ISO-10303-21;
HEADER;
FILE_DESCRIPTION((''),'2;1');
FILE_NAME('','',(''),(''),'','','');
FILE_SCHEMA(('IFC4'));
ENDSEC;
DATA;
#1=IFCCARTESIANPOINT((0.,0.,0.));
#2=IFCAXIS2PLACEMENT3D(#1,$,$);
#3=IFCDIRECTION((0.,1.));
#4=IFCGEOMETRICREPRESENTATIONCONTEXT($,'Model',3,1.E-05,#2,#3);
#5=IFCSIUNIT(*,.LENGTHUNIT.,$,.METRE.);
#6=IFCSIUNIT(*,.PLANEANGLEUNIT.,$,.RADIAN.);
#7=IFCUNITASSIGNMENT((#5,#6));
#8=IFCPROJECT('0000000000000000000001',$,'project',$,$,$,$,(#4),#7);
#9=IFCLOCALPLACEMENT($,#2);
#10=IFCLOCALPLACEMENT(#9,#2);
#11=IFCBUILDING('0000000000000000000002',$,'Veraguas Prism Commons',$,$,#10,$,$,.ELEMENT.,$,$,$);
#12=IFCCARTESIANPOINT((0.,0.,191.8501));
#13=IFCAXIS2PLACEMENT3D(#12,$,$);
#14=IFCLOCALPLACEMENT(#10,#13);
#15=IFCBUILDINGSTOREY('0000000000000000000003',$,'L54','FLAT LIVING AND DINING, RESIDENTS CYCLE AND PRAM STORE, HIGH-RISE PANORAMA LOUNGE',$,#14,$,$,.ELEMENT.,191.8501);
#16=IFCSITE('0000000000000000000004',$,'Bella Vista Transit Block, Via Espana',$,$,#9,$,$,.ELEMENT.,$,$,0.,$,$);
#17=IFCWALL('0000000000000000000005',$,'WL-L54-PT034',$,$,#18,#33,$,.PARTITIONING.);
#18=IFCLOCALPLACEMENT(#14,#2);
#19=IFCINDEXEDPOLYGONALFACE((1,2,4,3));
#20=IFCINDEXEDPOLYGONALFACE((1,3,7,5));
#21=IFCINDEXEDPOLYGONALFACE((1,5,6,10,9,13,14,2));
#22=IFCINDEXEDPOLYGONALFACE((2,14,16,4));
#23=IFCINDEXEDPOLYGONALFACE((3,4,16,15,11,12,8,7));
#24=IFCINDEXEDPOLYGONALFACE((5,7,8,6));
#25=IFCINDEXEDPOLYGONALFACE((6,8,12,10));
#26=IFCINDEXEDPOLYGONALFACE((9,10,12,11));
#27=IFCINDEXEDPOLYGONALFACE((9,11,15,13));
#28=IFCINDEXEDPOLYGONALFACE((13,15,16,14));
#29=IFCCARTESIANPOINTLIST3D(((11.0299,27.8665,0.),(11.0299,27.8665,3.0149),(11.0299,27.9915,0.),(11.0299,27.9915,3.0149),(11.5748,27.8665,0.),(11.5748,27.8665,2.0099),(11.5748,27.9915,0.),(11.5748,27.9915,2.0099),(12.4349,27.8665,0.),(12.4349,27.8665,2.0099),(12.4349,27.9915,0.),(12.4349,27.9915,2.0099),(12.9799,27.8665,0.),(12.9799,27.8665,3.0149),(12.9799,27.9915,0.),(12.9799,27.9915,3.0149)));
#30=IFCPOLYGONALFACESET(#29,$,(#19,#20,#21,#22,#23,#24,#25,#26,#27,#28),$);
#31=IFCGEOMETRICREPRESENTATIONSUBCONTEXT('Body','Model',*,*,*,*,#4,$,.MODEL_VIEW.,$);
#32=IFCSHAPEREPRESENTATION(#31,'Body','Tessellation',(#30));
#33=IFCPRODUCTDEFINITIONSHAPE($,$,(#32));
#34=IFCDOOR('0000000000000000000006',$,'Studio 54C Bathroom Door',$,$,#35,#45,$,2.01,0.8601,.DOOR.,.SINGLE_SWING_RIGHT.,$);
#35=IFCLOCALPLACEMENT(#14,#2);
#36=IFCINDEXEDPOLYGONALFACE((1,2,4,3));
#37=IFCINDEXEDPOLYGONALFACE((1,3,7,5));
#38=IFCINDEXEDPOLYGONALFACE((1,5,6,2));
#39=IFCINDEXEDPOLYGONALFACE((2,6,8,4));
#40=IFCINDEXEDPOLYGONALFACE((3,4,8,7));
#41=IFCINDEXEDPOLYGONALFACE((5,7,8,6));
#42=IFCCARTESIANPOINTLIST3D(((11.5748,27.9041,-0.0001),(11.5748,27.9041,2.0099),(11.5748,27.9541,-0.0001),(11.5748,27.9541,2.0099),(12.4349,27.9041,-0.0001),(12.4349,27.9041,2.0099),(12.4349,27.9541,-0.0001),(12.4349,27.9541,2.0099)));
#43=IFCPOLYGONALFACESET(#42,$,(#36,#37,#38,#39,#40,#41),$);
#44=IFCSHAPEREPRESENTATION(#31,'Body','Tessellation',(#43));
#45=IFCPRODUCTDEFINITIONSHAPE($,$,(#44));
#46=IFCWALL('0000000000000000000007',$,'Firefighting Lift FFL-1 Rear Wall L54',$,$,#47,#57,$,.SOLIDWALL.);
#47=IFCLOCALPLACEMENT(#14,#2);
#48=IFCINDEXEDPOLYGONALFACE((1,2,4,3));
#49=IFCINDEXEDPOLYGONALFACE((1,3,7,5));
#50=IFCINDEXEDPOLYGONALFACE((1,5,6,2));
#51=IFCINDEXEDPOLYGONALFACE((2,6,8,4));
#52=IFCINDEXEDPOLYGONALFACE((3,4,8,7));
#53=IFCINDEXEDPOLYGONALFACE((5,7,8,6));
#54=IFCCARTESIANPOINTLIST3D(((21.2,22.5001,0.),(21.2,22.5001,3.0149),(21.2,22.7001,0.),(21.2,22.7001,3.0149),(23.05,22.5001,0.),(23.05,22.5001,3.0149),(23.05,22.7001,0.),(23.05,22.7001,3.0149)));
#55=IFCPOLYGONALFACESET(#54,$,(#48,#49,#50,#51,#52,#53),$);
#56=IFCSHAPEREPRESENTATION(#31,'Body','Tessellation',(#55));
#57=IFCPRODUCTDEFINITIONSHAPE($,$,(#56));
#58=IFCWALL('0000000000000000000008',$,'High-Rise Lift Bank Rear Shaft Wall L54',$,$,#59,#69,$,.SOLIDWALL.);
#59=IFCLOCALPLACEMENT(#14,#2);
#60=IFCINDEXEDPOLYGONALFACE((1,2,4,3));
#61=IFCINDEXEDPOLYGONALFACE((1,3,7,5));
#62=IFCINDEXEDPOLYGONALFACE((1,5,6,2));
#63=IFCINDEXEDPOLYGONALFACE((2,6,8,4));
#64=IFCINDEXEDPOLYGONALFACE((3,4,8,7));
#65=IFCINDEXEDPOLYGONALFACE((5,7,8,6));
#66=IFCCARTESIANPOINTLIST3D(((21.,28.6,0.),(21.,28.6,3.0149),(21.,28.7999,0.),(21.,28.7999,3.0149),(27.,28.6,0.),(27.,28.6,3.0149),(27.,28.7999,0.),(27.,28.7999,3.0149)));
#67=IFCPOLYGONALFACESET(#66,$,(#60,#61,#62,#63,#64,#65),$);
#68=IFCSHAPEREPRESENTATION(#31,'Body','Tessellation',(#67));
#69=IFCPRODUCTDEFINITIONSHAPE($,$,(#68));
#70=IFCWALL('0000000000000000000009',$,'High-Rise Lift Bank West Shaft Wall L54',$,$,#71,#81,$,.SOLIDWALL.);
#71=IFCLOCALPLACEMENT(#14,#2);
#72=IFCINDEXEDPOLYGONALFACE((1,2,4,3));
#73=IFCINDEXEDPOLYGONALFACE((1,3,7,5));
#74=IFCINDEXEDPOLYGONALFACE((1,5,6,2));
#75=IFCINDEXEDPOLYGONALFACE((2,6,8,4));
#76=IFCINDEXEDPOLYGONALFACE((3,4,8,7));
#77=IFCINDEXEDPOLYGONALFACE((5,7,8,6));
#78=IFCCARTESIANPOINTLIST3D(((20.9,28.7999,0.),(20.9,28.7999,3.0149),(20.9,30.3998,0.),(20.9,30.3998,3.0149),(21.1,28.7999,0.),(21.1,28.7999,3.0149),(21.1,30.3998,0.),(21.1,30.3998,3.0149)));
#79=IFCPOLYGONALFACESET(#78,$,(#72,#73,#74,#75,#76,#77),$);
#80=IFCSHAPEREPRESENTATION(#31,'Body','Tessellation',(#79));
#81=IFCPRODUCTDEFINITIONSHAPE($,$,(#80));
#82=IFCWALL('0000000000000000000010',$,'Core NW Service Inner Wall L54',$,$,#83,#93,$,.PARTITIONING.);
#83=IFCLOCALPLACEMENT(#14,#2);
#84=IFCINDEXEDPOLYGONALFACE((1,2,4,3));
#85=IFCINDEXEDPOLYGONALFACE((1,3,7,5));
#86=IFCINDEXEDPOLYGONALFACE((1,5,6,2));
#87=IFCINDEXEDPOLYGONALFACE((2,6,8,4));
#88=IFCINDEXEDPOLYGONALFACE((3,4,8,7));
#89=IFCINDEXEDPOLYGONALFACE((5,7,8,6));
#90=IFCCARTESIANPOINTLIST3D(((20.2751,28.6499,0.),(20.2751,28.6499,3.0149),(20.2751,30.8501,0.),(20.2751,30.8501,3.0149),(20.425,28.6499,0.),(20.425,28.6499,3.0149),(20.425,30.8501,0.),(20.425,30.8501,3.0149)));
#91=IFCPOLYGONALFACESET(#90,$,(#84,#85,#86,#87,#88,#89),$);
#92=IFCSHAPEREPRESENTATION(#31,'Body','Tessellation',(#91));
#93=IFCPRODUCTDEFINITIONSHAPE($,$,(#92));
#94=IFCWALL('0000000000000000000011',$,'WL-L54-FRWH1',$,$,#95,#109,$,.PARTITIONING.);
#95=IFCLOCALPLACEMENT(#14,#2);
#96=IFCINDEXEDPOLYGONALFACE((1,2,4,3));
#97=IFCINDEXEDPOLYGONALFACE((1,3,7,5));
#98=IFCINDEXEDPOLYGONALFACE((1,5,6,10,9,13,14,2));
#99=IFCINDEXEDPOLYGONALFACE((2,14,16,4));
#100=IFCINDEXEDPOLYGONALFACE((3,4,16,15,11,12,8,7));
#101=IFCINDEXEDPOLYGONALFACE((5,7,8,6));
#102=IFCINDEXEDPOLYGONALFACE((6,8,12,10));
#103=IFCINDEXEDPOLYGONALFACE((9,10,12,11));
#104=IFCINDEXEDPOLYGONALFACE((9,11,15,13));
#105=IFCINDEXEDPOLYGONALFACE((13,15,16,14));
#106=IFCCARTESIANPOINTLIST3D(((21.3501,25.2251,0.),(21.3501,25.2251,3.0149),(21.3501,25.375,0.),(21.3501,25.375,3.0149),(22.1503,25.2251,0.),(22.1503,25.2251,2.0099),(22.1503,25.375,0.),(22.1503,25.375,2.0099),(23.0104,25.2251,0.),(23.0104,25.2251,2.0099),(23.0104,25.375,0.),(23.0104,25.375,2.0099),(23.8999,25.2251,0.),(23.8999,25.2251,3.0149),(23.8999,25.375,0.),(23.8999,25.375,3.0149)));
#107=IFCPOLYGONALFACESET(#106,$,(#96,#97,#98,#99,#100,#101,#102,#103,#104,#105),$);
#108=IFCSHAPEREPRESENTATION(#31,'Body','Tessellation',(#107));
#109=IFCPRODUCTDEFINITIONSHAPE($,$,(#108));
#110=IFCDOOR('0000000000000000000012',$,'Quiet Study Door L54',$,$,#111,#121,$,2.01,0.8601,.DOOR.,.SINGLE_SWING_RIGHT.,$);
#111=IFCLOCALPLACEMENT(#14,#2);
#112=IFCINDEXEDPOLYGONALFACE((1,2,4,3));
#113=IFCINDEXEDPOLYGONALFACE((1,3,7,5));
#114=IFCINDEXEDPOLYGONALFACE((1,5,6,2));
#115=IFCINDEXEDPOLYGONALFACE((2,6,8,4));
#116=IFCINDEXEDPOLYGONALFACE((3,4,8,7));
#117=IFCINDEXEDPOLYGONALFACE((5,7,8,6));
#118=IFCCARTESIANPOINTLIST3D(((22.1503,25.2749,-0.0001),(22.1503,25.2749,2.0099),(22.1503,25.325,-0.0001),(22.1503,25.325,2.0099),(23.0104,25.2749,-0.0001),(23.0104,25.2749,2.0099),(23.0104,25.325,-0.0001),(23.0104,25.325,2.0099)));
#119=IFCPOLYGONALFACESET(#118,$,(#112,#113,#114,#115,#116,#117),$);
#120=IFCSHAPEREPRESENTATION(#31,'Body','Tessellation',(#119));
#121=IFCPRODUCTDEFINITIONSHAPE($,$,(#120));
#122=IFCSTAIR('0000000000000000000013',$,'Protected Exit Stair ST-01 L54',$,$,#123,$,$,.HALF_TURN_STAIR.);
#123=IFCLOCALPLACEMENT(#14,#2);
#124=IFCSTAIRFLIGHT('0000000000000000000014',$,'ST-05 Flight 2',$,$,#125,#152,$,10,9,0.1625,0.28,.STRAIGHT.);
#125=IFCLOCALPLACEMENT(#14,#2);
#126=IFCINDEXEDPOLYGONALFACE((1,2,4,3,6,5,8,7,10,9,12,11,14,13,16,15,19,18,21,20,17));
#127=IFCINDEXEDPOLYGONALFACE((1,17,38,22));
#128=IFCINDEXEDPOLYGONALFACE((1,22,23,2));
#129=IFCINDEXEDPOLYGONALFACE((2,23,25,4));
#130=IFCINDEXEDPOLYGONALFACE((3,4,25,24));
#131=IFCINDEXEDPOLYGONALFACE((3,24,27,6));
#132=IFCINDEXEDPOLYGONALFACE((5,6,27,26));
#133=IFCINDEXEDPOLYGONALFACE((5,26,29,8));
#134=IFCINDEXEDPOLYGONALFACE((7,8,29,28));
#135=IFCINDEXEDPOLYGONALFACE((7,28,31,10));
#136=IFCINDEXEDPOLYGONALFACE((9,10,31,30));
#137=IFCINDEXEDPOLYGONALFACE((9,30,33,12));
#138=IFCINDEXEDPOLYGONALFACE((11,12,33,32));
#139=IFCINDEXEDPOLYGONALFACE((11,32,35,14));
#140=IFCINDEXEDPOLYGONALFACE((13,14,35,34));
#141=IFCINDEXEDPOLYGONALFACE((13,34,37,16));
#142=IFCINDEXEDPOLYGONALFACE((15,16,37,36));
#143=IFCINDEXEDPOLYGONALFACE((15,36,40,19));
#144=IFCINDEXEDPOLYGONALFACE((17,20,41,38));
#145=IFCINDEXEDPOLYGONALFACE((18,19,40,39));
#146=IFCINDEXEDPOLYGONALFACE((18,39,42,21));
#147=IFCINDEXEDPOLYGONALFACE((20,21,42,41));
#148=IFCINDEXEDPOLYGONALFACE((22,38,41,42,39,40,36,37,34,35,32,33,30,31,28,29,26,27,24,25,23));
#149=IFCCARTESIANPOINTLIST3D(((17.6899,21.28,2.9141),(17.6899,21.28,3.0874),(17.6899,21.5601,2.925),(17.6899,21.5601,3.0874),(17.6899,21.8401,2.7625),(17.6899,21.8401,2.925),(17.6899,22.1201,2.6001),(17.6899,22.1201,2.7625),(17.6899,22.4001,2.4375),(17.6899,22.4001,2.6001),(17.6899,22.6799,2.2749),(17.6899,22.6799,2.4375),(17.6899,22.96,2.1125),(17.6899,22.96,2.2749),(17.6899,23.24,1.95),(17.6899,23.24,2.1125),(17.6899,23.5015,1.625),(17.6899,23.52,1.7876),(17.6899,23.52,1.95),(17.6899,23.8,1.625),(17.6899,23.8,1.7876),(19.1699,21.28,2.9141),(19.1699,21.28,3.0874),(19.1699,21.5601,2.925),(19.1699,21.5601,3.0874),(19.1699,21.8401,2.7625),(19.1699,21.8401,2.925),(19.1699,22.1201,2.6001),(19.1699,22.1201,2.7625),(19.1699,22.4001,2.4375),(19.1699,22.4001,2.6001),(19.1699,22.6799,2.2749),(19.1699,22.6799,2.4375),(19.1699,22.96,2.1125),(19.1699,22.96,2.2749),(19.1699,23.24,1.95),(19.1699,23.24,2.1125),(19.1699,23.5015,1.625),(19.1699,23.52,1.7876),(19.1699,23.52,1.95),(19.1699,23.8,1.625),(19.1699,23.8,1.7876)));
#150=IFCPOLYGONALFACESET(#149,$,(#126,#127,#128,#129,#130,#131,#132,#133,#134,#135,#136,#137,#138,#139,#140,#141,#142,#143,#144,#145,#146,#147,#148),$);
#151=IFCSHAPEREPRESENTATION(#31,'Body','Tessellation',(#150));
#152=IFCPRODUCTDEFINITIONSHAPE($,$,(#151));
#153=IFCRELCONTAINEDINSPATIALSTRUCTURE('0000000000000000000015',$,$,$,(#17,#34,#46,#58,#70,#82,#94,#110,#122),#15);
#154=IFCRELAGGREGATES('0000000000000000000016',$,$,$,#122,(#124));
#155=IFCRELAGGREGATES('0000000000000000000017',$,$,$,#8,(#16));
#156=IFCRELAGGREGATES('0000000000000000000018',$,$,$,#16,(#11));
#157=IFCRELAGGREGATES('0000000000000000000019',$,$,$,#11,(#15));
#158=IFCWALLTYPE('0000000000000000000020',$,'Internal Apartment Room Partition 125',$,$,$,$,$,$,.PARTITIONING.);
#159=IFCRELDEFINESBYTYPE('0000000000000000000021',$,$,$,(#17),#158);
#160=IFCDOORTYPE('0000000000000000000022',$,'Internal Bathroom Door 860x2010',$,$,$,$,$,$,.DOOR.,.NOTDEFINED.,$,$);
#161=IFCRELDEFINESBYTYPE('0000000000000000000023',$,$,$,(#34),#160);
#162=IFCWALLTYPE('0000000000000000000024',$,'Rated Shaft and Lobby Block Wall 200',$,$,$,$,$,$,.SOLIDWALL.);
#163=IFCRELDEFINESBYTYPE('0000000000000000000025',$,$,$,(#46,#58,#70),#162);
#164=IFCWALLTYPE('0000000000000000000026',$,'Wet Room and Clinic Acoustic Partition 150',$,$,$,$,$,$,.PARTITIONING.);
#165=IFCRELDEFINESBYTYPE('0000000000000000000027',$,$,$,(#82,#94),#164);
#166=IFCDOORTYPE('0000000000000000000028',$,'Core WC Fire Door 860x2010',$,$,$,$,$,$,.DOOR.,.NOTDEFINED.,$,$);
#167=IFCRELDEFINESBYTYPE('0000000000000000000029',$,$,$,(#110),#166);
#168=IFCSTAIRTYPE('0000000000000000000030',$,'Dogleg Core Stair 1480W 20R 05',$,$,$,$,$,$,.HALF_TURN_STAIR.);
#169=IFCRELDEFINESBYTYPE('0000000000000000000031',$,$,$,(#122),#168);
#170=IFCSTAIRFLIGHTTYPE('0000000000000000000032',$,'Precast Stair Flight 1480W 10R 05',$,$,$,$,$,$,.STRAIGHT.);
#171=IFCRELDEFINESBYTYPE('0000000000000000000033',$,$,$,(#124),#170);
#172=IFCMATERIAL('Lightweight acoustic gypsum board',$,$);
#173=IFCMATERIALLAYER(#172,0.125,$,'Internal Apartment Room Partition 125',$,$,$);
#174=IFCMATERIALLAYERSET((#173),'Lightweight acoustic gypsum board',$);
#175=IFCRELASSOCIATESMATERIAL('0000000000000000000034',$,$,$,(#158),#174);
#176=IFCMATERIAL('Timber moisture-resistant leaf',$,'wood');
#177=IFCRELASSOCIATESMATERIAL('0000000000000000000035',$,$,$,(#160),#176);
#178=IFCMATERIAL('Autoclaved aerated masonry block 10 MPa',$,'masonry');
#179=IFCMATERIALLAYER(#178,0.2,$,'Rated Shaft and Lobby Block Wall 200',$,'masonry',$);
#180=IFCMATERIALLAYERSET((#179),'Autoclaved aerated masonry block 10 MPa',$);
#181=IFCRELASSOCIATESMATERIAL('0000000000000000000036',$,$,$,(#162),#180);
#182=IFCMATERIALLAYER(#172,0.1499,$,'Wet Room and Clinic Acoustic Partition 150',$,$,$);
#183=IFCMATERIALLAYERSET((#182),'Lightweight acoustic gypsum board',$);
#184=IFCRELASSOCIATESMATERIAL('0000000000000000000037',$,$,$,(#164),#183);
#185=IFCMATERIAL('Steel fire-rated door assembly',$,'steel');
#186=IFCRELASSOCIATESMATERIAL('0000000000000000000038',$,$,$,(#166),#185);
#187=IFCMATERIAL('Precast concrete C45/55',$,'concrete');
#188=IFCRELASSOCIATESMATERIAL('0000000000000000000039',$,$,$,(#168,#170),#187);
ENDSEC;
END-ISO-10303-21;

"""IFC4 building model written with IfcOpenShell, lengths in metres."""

from ifc_helpers import new_model, si_unit, direction, frame, frame_2d, origin, place, context, subcontext, project, spatial, polyline, rectangle, outline, extrude, source, transform, mapped, material, layer, layer_set, type_object, element, fill, aggregate, save


model = new_model("IFC4")

# Units and contexts
model_context = context("Model", 3, precision=1e-05, world=origin(), true_north=direction((0.0, 1.0)))
body_context = subcontext(model_context, "Body", "Model", "MODEL_VIEW")
ifc_project = project(units=[si_unit("LENGTHUNIT", "METRE"), si_unit("PLANEANGLEUNIT", "RADIAN")], contexts=[model_context])

# Site, building, storey
site_placement = place(None, origin())
site = spatial("IfcSite", under=ifc_project, at=site_placement, Name="Bella Vista Transit Block, Via Espana", CompositionType="ELEMENT", RefElevation=0.0)
building_placement = place(site_placement, origin())
building = spatial("IfcBuilding", under=site, at=building_placement, Name="Veraguas Prism Commons", CompositionType="ELEMENT")
storey_placement = place(building_placement, frame((0.0, 0.0, 191.8501)))
storey = spatial("IfcBuildingStorey", under=building, at=storey_placement, Name="L54", Description="FLAT LIVING AND DINING, RESIDENTS CYCLE AND PRAM STORE, HIGH-RISE PANORAMA LOUNGE", CompositionType="ELEMENT", Elevation=191.8501)

# Shared definitions
ifc_material_1 = material(Name="Autoclaved aerated masonry block 10 MPa", Category="masonry")
ifc_material_2 = material(Name="Steel fire-rated door assembly", Category="steel")

# Wall, opening, door
ifc_material_3 = material(Name="Lightweight acoustic gypsum board")
ifc_layer_1 = layer(ifc_material_3, 0.125, Name="Internal Apartment Room Partition 125")
ifc_layer_set_1 = layer_set([ifc_layer_1], Name="Lightweight acoustic gypsum board")
wall_type_1 = type_object("IfcWallType", Name="Internal Apartment Room Partition 125", PredefinedType="PARTITIONING", material=ifc_layer_set_1)
wall_1_placement = place(storey_placement, frame((12.98, 27.929, 0.0), z_axis=(0.0, 0.0, 1.0), x_axis=(-1.0, 0.0, 0.0)))
wall_1 = element("IfcWall", 1, at=wall_1_placement, inside=storey, type_object=wall_type_1, Name="WL-L54-PT034", PredefinedType="PARTITIONING", context=body_context, shape_type="SweptSolid", body=[
    extrude(rectangle(XDim=1.95, YDim=0.125, at=frame_2d((0.9751, 0.0))), origin(), (0.0, 0.0, 1.0), 3.0149),
])
opening_1_placement = place(wall_1_placement, frame((0.5449, 0.0, 0.0)))
opening_1 = element("IfcOpeningElement", 2, at=opening_1_placement, cuts=wall_1, PredefinedType="OPENING", context=body_context, shape_type="SweptSolid", body=[
    extrude(rectangle(XDim=0.8601, YDim=2.01, at=frame_2d((0.4302, 1.0049))), frame((0.0, 0.0725, 0.0), z_axis=(0.0, -1.0, 0.0), x_axis=(1.0, 0.0, 0.0)), (0.0, 0.0, 1.0), 0.145),
])
ifc_material_4 = material(Name="Timber moisture-resistant leaf", Category="wood")
door_type_1 = type_object("IfcDoorType", Name="Internal Bathroom Door 860x2010", OperationType="NOTDEFINED", PredefinedType="DOOR", material=ifc_material_4)
shared_shape_1 = source(origin(), body_context, "Body", "SweptSolid", [
    extrude(rectangle(XDim=0.8601, YDim=2.01, at=frame_2d((0.4302, 1.0049))), frame((0.0, 0.0249, 0.0), z_axis=(0.0, -1.0, 0.0), x_axis=(1.0, 0.0, 0.0)), (0.0, 0.0, 1.0), 0.05),
])
door_1_placement = place(opening_1_placement, origin())
door_1 = element("IfcDoor", 3, at=door_1_placement, inside=storey, type_object=door_type_1, Name="Studio 54C Bathroom Door", OperationType="SINGLE_SWING_RIGHT", OverallHeight=2.01, OverallWidth=0.8601, PredefinedType="DOOR", context=body_context, shape_type="MappedRepresentation", body=[
    mapped(shared_shape_1, transform((0.0, 0.0, 0.0), scale=1.0)),
])
fill(opening_1, door_1)

# Walls
ifc_layer_2 = layer(ifc_material_1, 0.2, Name="Rated Shaft and Lobby Block Wall 200", Category="masonry")
ifc_layer_set_2 = layer_set([ifc_layer_2], Name="Autoclaved aerated masonry block 10 MPa")
wall_type_2 = type_object("IfcWallType", Name="Rated Shaft and Lobby Block Wall 200", PredefinedType="SOLIDWALL", material=ifc_layer_set_2)
wall_2_placement = place(storey_placement, frame((21.2, 22.6001, 0.0), z_axis=(0.0, 0.0, 1.0), x_axis=(1.0, 0.0, 0.0)))
element("IfcWall", 4, at=wall_2_placement, inside=storey, type_object=wall_type_2, Name="Firefighting Lift FFL-1 Rear Wall L54", PredefinedType="SOLIDWALL", context=body_context, shape_type="SweptSolid", body=[
    extrude(rectangle(XDim=1.8501, YDim=0.2, at=frame_2d((0.925, 0.0))), origin(), (0.0, 0.0, 1.0), 3.0149),
])
wall_3_placement = place(storey_placement, frame((21.0, 28.7, 0.0), z_axis=(0.0, 0.0, 1.0), x_axis=(1.0, 0.0, 0.0)))
element("IfcWall", 5, at=wall_3_placement, inside=storey, type_object=wall_type_2, Name="High-Rise Lift Bank Rear Shaft Wall L54", PredefinedType="SOLIDWALL", context=body_context, shape_type="SweptSolid", body=[
    extrude(rectangle(XDim=6.0, YDim=0.2, at=frame_2d((3.0, 0.0))), origin(), (0.0, 0.0, 1.0), 3.0149),
])
wall_4_placement = place(storey_placement, frame((21.0, 28.8, 0.0), z_axis=(0.0, 0.0, 1.0), x_axis=(0.0, 1.0, 0.0)))
element("IfcWall", 6, at=wall_4_placement, inside=storey, type_object=wall_type_2, Name="High-Rise Lift Bank West Shaft Wall L54", PredefinedType="SOLIDWALL", context=body_context, shape_type="SweptSolid", body=[
    extrude(rectangle(XDim=1.5999, YDim=0.2, at=frame_2d((0.7998, 0.0))), origin(), (0.0, 0.0, 1.0), 3.0149),
])
ifc_layer_3 = layer(ifc_material_3, 0.1499, Name="Wet Room and Clinic Acoustic Partition 150")
ifc_layer_set_3 = layer_set([ifc_layer_3], Name="Lightweight acoustic gypsum board")
wall_type_3 = type_object("IfcWallType", Name="Wet Room and Clinic Acoustic Partition 150", PredefinedType="PARTITIONING", material=ifc_layer_set_3)
wall_5_placement = place(storey_placement, frame((20.3501, 28.6499, 0.0), z_axis=(0.0, 0.0, 1.0), x_axis=(0.0, 1.0, 0.0)))
element("IfcWall", 7, at=wall_5_placement, inside=storey, type_object=wall_type_3, Name="Core NW Service Inner Wall L54", PredefinedType="PARTITIONING", context=body_context, shape_type="SweptSolid", body=[
    extrude(rectangle(XDim=2.2002, YDim=0.1499, at=frame_2d((1.1001, 0.0))), origin(), (0.0, 0.0, 1.0), 3.0149),
])

# Wall, opening, door
wall_6_placement = place(storey_placement, frame((21.3501, 25.3, 0.0), z_axis=(0.0, 0.0, 1.0), x_axis=(1.0, 0.0, 0.0)))
wall_6 = element("IfcWall", 8, at=wall_6_placement, inside=storey, type_object=wall_type_3, Name="WL-L54-FRWH1", PredefinedType="PARTITIONING", context=body_context, shape_type="SweptSolid", body=[
    extrude(rectangle(XDim=2.5498, YDim=0.1499, at=frame_2d((1.2749, 0.0))), origin(), (0.0, 0.0, 1.0), 3.0149),
])
opening_2_placement = place(wall_6_placement, frame((0.8, 0.0, 0.0)))
opening_2 = element("IfcOpeningElement", 9, at=opening_2_placement, cuts=wall_6, PredefinedType="OPENING", context=body_context, shape_type="SweptSolid", body=[
    extrude(rectangle(XDim=0.8601, YDim=2.01, at=frame_2d((0.4302, 1.0049))), frame((0.0, 0.085, 0.0), z_axis=(0.0, -1.0, 0.0), x_axis=(1.0, 0.0, 0.0)), (0.0, 0.0, 1.0), 0.1699),
])
door_type_2 = type_object("IfcDoorType", Name="Core WC Fire Door 860x2010", OperationType="NOTDEFINED", PredefinedType="DOOR", material=ifc_material_2)
door_2_placement = place(opening_2_placement, origin())
door_2 = element("IfcDoor", 10, at=door_2_placement, inside=storey, type_object=door_type_2, Name="Quiet Study Door L54", OperationType="SINGLE_SWING_RIGHT", OverallHeight=2.01, OverallWidth=0.8601, PredefinedType="DOOR", context=body_context, shape_type="MappedRepresentation", body=[
    mapped(shared_shape_1, transform((0.0, 0.0, 0.0), scale=1.0)),
])
fill(opening_2, door_2)

# Stair, stair flight
ifc_material_5 = material(Name="Precast concrete C45/55", Category="concrete")
stair_type = type_object("IfcStairType", Name="Dogleg Core Stair 1480W 20R 05", PredefinedType="HALF_TURN_STAIR", material=ifc_material_5)
stair_placement = place(storey_placement, origin())
stair = element("IfcStair", 11, at=stair_placement, inside=storey, type_object=stair_type, Name="Protected Exit Stair ST-01 L54", PredefinedType="HALF_TURN_STAIR")
stair_flight_type = type_object("IfcStairFlightType", Name="Precast Stair Flight 1480W 10R 05", PredefinedType="STRAIGHT", material=ifc_material_5)
stair_flight_placement = place(storey_placement, frame((18.4299, 23.8, 1.625), z_axis=(0.0, 0.0, 1.0), x_axis=(0.0, -1.0, 0.0)))
stair_flight = element("IfcStairFlight", 12, at=stair_flight_placement, type_object=stair_flight_type, Name="ST-05 Flight 2", NumberOfRisers=10, NumberOfTreads=9, PredefinedType="STRAIGHT", RiserHeight=0.1625, TreadLength=0.28, context=body_context, shape_type="SweptSolid", body=[
    extrude(outline(polyline([(0.0, 0.0), (0.0, 0.1626), (0.28, 0.1626), (0.28, 0.325), (0.5601, 0.325), (0.5601, 0.4875), (0.8401, 0.4875), (0.8401, 0.6499), (1.1201, 0.6499), (1.1201, 0.8125), (1.3999, 0.8125), (1.3999, 0.9751), (1.6799, 0.9751), (1.6799, 1.1375), (1.96, 1.1375), (1.96, 1.3), (2.24, 1.3), (2.24, 1.4624), (2.52, 1.4624), (2.52, 1.625), (2.52, 1.2891), (0.2986, 0.0), (0.0, 0.0)])), frame((0.0, 0.74, 0.0), z_axis=(0.0, -1.0, 0.0), x_axis=(1.0, 0.0, 0.0)), (0.0, 0.0, 1.0), 1.48),
])
aggregate(stair, [stair_flight])

save(model, "model.ifc")
